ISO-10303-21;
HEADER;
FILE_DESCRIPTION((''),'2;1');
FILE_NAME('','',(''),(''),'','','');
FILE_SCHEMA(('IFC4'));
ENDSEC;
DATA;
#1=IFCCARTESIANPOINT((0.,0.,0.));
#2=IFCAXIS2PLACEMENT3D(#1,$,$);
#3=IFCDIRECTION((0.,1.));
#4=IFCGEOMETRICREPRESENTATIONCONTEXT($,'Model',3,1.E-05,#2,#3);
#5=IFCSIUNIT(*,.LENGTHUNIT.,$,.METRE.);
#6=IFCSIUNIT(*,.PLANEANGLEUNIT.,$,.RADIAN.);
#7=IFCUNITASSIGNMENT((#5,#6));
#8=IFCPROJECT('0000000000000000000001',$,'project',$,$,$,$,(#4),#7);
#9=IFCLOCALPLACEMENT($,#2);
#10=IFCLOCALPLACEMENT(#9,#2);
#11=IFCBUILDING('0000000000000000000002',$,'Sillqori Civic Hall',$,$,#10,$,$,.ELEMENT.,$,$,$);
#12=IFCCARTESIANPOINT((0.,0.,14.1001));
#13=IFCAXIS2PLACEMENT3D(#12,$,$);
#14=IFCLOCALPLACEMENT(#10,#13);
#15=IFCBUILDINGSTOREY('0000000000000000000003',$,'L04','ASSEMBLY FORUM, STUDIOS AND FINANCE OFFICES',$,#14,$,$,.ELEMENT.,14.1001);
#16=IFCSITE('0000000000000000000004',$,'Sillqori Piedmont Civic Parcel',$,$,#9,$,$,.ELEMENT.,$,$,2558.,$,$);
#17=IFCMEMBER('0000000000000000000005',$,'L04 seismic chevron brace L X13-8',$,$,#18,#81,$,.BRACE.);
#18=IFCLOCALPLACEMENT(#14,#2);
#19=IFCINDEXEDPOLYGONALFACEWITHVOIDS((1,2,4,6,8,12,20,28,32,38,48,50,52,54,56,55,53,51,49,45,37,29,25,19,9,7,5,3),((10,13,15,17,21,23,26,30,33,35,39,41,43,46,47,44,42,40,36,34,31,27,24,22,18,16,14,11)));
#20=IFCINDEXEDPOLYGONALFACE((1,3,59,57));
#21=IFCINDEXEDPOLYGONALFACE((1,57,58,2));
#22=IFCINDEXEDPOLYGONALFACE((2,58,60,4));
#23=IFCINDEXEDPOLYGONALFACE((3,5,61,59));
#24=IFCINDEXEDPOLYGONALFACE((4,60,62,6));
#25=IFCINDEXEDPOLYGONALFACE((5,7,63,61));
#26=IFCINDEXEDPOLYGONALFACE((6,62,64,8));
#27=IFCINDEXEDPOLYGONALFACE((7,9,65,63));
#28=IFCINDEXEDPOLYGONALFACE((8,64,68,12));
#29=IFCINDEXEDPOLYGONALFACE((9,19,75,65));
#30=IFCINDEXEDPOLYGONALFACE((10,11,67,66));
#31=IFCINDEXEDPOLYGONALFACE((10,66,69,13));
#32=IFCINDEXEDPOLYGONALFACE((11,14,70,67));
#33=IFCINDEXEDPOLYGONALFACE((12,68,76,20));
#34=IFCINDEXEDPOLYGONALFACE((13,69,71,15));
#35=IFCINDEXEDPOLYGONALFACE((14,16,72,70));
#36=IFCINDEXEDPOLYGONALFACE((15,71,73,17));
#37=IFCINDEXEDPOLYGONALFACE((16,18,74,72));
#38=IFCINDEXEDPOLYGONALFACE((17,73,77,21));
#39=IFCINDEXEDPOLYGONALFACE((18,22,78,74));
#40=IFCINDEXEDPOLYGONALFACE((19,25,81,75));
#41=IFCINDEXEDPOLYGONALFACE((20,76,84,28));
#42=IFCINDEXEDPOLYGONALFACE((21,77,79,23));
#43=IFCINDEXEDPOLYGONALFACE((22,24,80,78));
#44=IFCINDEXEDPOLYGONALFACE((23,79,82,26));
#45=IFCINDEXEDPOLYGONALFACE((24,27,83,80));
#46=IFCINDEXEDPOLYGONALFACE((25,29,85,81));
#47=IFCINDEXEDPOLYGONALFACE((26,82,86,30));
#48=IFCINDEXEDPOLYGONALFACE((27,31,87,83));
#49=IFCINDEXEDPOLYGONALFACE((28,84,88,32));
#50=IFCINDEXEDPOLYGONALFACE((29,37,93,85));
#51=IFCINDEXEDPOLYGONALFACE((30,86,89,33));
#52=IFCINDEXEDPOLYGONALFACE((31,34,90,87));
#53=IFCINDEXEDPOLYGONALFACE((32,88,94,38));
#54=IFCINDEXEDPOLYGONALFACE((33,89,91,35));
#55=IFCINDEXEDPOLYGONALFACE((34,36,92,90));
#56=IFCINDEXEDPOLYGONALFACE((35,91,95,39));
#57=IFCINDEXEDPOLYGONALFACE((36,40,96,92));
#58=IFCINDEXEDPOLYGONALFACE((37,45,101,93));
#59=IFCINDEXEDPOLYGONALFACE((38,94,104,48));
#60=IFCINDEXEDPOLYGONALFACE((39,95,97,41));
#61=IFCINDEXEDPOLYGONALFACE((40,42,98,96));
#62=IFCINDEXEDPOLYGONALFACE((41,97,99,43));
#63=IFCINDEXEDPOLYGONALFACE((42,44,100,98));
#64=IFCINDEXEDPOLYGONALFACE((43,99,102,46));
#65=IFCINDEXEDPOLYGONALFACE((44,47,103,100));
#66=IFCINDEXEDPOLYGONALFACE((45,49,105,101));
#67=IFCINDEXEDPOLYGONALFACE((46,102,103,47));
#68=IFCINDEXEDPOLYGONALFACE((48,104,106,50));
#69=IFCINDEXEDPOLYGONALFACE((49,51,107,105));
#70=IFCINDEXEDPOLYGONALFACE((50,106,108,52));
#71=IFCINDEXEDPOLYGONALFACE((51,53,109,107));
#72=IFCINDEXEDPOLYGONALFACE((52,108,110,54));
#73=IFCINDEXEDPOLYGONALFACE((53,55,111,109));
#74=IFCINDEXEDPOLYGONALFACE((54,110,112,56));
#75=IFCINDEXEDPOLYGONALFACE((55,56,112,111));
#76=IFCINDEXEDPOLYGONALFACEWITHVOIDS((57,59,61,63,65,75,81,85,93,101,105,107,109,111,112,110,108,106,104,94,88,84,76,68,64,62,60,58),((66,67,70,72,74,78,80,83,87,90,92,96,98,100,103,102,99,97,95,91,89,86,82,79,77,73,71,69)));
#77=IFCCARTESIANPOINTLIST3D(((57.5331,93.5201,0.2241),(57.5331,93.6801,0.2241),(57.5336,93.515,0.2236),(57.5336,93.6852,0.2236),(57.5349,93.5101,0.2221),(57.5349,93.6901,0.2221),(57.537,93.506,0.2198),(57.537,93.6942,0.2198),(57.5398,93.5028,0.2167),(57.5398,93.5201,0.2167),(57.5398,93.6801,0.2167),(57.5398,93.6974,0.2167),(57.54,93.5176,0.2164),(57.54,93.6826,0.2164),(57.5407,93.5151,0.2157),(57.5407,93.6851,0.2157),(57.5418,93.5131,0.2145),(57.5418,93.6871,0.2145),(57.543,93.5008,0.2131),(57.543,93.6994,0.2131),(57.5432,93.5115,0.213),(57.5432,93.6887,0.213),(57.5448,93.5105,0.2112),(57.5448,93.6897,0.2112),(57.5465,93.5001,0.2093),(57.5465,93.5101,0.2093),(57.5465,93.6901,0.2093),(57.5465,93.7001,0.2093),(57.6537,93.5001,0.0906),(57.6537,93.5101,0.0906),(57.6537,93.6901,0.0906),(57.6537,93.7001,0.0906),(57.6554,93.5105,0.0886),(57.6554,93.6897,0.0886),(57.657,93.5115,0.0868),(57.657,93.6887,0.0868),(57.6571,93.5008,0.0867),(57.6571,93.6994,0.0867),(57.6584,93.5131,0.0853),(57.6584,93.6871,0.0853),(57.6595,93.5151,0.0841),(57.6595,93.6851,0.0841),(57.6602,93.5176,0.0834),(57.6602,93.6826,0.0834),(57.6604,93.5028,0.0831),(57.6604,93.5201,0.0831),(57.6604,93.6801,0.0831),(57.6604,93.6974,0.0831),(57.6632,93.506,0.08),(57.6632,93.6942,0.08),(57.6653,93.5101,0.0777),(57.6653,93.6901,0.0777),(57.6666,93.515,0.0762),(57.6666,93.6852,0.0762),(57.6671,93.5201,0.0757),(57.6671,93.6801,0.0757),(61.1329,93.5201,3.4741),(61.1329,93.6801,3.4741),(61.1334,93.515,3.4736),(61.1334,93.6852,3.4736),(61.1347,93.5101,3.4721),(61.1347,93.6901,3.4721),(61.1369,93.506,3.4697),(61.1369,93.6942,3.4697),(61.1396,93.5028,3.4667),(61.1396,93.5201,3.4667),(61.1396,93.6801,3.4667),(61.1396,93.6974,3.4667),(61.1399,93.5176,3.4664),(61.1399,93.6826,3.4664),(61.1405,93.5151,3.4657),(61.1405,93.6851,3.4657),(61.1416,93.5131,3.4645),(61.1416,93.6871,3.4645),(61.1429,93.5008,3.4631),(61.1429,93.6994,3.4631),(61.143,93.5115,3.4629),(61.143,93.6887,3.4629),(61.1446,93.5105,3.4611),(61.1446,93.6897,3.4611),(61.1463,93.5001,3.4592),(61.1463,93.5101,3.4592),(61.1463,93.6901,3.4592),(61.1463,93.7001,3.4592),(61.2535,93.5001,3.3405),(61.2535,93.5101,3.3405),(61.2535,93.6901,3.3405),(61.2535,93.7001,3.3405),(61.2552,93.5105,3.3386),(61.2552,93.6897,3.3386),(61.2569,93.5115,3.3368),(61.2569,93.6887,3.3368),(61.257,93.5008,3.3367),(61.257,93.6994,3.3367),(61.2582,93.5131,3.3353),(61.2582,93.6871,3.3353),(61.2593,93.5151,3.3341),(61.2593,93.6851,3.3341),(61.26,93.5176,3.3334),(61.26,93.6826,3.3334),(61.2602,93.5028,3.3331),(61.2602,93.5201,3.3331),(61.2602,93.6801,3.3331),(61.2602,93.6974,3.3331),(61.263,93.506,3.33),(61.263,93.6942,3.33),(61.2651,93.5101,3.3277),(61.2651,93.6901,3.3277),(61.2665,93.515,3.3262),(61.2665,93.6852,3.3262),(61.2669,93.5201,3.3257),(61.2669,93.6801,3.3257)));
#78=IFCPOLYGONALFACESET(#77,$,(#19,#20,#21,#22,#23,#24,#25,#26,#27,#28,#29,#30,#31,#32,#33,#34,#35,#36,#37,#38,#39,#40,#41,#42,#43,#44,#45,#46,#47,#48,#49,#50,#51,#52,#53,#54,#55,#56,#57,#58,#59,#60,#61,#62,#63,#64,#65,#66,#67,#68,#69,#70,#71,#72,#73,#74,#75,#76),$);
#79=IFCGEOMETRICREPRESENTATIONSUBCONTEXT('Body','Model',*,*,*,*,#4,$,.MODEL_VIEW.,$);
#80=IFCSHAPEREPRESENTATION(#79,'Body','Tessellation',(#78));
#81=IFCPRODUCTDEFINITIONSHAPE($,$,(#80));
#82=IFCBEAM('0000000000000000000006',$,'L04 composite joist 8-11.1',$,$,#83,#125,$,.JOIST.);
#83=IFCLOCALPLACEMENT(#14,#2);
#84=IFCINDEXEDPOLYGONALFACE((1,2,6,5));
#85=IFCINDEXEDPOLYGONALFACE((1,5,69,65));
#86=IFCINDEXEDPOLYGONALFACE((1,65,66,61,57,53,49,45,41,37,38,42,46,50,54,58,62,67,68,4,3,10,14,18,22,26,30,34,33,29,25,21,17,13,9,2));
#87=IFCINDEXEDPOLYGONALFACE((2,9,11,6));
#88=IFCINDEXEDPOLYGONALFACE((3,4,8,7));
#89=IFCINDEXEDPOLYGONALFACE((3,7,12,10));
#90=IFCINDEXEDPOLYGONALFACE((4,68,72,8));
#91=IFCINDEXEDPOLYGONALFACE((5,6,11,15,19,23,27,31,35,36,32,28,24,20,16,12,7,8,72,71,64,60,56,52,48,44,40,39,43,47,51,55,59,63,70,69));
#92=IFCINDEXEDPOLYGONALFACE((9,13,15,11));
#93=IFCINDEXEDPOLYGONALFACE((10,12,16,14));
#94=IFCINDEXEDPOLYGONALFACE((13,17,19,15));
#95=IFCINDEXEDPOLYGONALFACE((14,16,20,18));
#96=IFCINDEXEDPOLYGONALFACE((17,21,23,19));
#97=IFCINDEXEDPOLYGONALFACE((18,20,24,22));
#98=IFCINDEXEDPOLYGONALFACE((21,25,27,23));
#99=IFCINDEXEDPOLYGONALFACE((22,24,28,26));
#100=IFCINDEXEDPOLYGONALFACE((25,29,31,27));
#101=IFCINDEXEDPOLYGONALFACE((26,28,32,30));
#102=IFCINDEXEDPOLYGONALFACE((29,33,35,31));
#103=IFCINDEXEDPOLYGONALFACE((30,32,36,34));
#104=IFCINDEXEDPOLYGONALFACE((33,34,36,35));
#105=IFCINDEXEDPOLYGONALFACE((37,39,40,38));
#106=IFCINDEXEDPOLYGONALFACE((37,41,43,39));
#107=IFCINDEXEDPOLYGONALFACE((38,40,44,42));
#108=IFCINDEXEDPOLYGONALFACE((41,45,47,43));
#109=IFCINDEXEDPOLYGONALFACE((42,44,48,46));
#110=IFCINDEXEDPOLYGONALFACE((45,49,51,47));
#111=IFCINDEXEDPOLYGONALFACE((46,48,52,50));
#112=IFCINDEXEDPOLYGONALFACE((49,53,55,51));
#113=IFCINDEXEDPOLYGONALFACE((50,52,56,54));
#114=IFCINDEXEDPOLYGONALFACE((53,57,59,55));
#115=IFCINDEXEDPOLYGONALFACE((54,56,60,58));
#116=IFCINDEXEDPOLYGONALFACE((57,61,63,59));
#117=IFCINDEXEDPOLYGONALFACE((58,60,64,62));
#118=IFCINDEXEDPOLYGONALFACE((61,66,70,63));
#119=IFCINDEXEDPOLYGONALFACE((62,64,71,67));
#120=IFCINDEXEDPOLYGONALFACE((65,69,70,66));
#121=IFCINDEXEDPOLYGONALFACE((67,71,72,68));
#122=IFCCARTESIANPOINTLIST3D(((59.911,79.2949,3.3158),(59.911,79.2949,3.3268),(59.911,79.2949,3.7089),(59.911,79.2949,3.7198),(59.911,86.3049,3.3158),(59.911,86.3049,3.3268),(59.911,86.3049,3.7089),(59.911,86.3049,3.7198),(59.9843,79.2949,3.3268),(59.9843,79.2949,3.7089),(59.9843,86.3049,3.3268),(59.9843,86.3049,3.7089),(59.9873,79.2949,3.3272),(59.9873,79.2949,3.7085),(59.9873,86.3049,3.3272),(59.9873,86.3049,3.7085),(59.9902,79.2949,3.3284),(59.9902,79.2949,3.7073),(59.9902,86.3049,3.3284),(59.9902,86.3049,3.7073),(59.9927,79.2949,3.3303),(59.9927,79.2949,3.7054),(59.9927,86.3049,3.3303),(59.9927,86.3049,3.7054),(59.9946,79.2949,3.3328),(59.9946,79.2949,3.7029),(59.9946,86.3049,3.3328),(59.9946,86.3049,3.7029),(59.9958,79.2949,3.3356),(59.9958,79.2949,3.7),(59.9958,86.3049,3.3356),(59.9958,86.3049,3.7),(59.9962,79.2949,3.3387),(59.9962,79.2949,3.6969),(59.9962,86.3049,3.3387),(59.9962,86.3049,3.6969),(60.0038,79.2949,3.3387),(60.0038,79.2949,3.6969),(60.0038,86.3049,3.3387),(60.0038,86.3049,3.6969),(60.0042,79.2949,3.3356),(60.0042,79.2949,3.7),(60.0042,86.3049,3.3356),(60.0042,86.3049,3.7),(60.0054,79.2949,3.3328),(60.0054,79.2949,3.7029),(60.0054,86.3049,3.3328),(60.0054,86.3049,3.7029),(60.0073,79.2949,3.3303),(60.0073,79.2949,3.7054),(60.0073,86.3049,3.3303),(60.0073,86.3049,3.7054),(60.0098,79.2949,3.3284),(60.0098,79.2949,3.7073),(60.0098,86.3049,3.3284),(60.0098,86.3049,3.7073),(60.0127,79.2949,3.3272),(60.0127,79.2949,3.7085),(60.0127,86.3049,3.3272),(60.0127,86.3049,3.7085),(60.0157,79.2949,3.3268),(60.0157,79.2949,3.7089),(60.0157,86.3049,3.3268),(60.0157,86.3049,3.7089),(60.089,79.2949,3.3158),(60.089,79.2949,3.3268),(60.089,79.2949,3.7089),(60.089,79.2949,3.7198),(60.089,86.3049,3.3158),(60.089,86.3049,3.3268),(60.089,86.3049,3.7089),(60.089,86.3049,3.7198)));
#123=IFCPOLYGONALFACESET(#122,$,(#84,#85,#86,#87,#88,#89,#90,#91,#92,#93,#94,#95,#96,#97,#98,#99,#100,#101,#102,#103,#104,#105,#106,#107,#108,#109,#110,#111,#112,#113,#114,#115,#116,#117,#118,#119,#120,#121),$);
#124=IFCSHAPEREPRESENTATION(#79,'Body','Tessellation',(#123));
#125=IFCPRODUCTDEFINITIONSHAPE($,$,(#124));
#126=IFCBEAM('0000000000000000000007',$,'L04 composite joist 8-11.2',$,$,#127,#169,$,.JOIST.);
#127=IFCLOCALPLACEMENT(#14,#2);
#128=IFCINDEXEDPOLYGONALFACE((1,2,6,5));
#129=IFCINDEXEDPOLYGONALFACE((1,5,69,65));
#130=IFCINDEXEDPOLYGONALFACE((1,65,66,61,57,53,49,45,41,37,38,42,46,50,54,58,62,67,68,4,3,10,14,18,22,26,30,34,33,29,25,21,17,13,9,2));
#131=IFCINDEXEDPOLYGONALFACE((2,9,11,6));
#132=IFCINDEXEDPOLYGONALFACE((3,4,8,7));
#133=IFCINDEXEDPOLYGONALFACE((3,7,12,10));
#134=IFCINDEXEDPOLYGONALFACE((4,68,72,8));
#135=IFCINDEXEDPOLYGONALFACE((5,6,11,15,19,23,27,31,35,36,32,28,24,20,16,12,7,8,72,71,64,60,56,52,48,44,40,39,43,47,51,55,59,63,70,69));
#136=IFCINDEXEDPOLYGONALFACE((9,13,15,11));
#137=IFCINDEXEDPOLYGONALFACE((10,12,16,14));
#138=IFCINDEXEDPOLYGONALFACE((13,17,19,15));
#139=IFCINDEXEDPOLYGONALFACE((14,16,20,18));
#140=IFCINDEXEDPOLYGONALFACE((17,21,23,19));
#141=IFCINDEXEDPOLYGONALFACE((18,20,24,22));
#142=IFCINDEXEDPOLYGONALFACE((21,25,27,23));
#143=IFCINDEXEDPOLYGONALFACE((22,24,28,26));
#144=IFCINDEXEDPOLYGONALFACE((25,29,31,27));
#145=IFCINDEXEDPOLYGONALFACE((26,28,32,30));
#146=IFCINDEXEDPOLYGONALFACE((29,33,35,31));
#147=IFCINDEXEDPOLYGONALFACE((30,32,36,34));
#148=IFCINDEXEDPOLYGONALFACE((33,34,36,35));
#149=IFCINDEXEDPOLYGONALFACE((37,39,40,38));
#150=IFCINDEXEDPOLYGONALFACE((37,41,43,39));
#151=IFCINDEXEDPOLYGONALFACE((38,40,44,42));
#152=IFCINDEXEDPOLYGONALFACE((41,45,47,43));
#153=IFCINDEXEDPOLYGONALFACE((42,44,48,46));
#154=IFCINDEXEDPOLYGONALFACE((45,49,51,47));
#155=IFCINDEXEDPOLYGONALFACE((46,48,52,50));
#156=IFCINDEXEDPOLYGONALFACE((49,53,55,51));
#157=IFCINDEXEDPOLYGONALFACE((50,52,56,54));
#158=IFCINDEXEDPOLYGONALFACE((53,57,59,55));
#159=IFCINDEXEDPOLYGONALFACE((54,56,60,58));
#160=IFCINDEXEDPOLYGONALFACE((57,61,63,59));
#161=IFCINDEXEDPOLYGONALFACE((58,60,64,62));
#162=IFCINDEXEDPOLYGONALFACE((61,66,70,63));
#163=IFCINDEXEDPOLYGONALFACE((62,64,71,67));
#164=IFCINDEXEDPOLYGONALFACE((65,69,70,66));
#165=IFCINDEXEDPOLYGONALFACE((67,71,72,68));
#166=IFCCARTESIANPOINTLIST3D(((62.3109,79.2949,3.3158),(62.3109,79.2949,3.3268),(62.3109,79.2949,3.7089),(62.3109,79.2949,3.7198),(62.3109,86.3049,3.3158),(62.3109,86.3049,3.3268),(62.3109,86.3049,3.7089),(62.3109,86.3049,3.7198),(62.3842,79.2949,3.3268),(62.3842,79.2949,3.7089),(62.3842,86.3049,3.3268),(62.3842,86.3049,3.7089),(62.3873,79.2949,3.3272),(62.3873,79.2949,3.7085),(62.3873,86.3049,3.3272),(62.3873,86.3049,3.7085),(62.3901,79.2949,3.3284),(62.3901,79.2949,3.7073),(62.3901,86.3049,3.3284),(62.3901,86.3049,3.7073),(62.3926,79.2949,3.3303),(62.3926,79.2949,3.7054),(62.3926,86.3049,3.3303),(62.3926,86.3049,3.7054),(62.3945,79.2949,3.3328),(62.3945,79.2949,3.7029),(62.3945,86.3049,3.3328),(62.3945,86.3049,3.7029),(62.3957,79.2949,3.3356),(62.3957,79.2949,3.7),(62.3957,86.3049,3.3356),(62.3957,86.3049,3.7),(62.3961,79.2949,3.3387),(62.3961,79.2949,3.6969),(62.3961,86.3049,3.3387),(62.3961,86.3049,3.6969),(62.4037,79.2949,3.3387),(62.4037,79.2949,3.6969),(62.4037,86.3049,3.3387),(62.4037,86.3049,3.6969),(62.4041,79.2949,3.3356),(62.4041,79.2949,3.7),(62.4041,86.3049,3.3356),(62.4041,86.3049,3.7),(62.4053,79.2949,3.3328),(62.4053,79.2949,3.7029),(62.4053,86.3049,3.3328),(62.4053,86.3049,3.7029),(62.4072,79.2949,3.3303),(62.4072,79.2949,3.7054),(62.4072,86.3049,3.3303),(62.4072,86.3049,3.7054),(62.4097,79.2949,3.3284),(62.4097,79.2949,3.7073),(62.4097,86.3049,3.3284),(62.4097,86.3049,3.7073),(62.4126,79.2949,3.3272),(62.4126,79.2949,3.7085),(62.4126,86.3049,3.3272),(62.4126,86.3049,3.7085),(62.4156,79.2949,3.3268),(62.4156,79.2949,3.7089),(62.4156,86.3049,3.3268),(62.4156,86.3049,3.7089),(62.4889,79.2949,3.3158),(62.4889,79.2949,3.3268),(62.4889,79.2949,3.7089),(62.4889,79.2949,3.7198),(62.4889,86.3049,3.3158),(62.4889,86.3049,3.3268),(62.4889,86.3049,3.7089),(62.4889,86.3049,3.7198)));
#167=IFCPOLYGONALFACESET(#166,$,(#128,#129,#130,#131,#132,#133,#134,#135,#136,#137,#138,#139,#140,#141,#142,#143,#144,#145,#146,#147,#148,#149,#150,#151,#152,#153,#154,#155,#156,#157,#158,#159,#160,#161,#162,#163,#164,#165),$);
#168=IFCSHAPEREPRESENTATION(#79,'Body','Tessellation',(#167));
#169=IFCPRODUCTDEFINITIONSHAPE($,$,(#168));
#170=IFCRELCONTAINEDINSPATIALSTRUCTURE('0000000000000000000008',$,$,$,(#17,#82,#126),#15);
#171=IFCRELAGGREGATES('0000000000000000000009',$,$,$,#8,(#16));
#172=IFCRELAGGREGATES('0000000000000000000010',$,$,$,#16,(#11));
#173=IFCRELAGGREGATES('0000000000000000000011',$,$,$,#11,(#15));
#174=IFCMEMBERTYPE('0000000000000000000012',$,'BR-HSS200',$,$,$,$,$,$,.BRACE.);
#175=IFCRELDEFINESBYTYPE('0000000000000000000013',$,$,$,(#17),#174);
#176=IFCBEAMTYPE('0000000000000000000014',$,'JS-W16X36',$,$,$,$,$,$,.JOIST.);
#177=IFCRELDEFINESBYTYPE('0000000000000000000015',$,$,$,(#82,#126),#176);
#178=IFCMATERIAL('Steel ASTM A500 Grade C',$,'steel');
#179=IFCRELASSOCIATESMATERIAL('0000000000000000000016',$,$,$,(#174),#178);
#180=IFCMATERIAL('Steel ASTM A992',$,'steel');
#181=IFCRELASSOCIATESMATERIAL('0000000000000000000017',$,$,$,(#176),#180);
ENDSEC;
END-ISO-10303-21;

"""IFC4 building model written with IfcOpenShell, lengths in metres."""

from ifc_helpers import new_model, si_unit, direction, frame, origin, origin_2d, place, context, subcontext, project, spatial, hollow_rectangle, i_section, extrude, material, material_profile, profile_set, type_object, element, save


model = new_model("IFC4")

# Units and contexts
model_context = context("Model", 3, precision=1e-05, world=origin(), true_north=direction((0.0, 1.0)))
body_context = subcontext(model_context, "Body", "Model", "MODEL_VIEW")
ifc_project = project(units=[si_unit("LENGTHUNIT", "METRE"), si_unit("PLANEANGLEUNIT", "RADIAN")], contexts=[model_context])

# Site, building, storey
site_placement = place(None, origin())
site = spatial("IfcSite", under=ifc_project, at=site_placement, Name="Sillqori Piedmont Civic Parcel", CompositionType="ELEMENT", RefElevation=2558.0)
building_placement = place(site_placement, origin())
building = spatial("IfcBuilding", under=site, at=building_placement, Name="Sillqori Civic Hall", CompositionType="ELEMENT")
storey_placement = place(building_placement, frame((0.0, 0.0, 14.1001)))
storey = spatial("IfcBuildingStorey", under=building, at=storey_placement, Name="L04", Description="ASSEMBLY FORUM, STUDIOS AND FINANCE OFFICES", CompositionType="ELEMENT", Elevation=14.1001)

# Shared definitions
ifc_material_1 = material(Name="Steel ASTM A992", Category="steel")

# Member
ifc_material_2 = material(Name="Steel ASTM A500 Grade C", Category="steel")
ifc_material_profile_1 = material_profile(ifc_material_2, hollow_rectangle(XDim=0.2, YDim=0.2, WallThickness=0.01, InnerFilletRadius=0.01, OuterFilletRadius=0.02, at=origin_2d()), Name="HSS200X200X10")
ifc_profile_set_1 = profile_set([ifc_material_profile_1], Name="Steel ASTM A500 Grade C")
member_type = type_object("IfcMemberType", Name="BR-HSS200", PredefinedType="BRACE", material=ifc_profile_set_1)
member_1_placement = place(storey_placement, frame((57.6001, 93.6001, 0.1499), z_axis=(0.742254, 0.0, 0.670118), x_axis=(0.0, 1.0, 0.0)))
element("IfcMember", 1, at=member_1_placement, inside=storey, type_object=member_type, Name="L04 seismic chevron brace L X13-8", PredefinedType="BRACE", context=body_context, shape_type="SweptSolid", body=[
    extrude(hollow_rectangle(XDim=0.2, YDim=0.2, WallThickness=0.01, InnerFilletRadius=0.01, OuterFilletRadius=0.02, at=origin_2d()), origin(), (0.0, 0.0, 1.0), 4.8499),
])

# Beams
ifc_material_profile_2 = material_profile(ifc_material_1, i_section(OverallWidth=0.178, OverallDepth=0.4041, WebThickness=0.0076, FlangeThickness=0.011, FilletRadius=0.012, at=origin_2d()), Name="W16X36")
ifc_profile_set_2 = profile_set([ifc_material_profile_2], Name="Steel ASTM A992")
beam_type_1 = type_object("IfcBeamType", Name="JS-W16X36", PredefinedType="JOIST", material=ifc_profile_set_2)
for number, where, z_axis, x_axis, name in (
    (2, (60.0, 79.2949, 3.5178), (0.0, 1.0, 0.0), (-1.0, 0.0, 0.0), "L04 composite joist 8-11.1"),
    (3, (62.3999, 79.2949, 3.5178), (0.0, 1.0, 0.0), (-1.0, 0.0, 0.0), "L04 composite joist 8-11.2"),
):
    element("IfcBeam", number, at=place(storey_placement, frame(where, z_axis=z_axis, x_axis=x_axis)), inside=storey, type_object=beam_type_1, Name=name, PredefinedType="JOIST", context=body_context, shape_type="SweptSolid", body=[
        extrude(i_section(OverallWidth=0.178, OverallDepth=0.4041, WebThickness=0.0076, FlangeThickness=0.011, FilletRadius=0.012, at=origin_2d()), origin(), (0.0, 0.0, 1.0), 7.01),
    ])

save(model, "model.ifc")
